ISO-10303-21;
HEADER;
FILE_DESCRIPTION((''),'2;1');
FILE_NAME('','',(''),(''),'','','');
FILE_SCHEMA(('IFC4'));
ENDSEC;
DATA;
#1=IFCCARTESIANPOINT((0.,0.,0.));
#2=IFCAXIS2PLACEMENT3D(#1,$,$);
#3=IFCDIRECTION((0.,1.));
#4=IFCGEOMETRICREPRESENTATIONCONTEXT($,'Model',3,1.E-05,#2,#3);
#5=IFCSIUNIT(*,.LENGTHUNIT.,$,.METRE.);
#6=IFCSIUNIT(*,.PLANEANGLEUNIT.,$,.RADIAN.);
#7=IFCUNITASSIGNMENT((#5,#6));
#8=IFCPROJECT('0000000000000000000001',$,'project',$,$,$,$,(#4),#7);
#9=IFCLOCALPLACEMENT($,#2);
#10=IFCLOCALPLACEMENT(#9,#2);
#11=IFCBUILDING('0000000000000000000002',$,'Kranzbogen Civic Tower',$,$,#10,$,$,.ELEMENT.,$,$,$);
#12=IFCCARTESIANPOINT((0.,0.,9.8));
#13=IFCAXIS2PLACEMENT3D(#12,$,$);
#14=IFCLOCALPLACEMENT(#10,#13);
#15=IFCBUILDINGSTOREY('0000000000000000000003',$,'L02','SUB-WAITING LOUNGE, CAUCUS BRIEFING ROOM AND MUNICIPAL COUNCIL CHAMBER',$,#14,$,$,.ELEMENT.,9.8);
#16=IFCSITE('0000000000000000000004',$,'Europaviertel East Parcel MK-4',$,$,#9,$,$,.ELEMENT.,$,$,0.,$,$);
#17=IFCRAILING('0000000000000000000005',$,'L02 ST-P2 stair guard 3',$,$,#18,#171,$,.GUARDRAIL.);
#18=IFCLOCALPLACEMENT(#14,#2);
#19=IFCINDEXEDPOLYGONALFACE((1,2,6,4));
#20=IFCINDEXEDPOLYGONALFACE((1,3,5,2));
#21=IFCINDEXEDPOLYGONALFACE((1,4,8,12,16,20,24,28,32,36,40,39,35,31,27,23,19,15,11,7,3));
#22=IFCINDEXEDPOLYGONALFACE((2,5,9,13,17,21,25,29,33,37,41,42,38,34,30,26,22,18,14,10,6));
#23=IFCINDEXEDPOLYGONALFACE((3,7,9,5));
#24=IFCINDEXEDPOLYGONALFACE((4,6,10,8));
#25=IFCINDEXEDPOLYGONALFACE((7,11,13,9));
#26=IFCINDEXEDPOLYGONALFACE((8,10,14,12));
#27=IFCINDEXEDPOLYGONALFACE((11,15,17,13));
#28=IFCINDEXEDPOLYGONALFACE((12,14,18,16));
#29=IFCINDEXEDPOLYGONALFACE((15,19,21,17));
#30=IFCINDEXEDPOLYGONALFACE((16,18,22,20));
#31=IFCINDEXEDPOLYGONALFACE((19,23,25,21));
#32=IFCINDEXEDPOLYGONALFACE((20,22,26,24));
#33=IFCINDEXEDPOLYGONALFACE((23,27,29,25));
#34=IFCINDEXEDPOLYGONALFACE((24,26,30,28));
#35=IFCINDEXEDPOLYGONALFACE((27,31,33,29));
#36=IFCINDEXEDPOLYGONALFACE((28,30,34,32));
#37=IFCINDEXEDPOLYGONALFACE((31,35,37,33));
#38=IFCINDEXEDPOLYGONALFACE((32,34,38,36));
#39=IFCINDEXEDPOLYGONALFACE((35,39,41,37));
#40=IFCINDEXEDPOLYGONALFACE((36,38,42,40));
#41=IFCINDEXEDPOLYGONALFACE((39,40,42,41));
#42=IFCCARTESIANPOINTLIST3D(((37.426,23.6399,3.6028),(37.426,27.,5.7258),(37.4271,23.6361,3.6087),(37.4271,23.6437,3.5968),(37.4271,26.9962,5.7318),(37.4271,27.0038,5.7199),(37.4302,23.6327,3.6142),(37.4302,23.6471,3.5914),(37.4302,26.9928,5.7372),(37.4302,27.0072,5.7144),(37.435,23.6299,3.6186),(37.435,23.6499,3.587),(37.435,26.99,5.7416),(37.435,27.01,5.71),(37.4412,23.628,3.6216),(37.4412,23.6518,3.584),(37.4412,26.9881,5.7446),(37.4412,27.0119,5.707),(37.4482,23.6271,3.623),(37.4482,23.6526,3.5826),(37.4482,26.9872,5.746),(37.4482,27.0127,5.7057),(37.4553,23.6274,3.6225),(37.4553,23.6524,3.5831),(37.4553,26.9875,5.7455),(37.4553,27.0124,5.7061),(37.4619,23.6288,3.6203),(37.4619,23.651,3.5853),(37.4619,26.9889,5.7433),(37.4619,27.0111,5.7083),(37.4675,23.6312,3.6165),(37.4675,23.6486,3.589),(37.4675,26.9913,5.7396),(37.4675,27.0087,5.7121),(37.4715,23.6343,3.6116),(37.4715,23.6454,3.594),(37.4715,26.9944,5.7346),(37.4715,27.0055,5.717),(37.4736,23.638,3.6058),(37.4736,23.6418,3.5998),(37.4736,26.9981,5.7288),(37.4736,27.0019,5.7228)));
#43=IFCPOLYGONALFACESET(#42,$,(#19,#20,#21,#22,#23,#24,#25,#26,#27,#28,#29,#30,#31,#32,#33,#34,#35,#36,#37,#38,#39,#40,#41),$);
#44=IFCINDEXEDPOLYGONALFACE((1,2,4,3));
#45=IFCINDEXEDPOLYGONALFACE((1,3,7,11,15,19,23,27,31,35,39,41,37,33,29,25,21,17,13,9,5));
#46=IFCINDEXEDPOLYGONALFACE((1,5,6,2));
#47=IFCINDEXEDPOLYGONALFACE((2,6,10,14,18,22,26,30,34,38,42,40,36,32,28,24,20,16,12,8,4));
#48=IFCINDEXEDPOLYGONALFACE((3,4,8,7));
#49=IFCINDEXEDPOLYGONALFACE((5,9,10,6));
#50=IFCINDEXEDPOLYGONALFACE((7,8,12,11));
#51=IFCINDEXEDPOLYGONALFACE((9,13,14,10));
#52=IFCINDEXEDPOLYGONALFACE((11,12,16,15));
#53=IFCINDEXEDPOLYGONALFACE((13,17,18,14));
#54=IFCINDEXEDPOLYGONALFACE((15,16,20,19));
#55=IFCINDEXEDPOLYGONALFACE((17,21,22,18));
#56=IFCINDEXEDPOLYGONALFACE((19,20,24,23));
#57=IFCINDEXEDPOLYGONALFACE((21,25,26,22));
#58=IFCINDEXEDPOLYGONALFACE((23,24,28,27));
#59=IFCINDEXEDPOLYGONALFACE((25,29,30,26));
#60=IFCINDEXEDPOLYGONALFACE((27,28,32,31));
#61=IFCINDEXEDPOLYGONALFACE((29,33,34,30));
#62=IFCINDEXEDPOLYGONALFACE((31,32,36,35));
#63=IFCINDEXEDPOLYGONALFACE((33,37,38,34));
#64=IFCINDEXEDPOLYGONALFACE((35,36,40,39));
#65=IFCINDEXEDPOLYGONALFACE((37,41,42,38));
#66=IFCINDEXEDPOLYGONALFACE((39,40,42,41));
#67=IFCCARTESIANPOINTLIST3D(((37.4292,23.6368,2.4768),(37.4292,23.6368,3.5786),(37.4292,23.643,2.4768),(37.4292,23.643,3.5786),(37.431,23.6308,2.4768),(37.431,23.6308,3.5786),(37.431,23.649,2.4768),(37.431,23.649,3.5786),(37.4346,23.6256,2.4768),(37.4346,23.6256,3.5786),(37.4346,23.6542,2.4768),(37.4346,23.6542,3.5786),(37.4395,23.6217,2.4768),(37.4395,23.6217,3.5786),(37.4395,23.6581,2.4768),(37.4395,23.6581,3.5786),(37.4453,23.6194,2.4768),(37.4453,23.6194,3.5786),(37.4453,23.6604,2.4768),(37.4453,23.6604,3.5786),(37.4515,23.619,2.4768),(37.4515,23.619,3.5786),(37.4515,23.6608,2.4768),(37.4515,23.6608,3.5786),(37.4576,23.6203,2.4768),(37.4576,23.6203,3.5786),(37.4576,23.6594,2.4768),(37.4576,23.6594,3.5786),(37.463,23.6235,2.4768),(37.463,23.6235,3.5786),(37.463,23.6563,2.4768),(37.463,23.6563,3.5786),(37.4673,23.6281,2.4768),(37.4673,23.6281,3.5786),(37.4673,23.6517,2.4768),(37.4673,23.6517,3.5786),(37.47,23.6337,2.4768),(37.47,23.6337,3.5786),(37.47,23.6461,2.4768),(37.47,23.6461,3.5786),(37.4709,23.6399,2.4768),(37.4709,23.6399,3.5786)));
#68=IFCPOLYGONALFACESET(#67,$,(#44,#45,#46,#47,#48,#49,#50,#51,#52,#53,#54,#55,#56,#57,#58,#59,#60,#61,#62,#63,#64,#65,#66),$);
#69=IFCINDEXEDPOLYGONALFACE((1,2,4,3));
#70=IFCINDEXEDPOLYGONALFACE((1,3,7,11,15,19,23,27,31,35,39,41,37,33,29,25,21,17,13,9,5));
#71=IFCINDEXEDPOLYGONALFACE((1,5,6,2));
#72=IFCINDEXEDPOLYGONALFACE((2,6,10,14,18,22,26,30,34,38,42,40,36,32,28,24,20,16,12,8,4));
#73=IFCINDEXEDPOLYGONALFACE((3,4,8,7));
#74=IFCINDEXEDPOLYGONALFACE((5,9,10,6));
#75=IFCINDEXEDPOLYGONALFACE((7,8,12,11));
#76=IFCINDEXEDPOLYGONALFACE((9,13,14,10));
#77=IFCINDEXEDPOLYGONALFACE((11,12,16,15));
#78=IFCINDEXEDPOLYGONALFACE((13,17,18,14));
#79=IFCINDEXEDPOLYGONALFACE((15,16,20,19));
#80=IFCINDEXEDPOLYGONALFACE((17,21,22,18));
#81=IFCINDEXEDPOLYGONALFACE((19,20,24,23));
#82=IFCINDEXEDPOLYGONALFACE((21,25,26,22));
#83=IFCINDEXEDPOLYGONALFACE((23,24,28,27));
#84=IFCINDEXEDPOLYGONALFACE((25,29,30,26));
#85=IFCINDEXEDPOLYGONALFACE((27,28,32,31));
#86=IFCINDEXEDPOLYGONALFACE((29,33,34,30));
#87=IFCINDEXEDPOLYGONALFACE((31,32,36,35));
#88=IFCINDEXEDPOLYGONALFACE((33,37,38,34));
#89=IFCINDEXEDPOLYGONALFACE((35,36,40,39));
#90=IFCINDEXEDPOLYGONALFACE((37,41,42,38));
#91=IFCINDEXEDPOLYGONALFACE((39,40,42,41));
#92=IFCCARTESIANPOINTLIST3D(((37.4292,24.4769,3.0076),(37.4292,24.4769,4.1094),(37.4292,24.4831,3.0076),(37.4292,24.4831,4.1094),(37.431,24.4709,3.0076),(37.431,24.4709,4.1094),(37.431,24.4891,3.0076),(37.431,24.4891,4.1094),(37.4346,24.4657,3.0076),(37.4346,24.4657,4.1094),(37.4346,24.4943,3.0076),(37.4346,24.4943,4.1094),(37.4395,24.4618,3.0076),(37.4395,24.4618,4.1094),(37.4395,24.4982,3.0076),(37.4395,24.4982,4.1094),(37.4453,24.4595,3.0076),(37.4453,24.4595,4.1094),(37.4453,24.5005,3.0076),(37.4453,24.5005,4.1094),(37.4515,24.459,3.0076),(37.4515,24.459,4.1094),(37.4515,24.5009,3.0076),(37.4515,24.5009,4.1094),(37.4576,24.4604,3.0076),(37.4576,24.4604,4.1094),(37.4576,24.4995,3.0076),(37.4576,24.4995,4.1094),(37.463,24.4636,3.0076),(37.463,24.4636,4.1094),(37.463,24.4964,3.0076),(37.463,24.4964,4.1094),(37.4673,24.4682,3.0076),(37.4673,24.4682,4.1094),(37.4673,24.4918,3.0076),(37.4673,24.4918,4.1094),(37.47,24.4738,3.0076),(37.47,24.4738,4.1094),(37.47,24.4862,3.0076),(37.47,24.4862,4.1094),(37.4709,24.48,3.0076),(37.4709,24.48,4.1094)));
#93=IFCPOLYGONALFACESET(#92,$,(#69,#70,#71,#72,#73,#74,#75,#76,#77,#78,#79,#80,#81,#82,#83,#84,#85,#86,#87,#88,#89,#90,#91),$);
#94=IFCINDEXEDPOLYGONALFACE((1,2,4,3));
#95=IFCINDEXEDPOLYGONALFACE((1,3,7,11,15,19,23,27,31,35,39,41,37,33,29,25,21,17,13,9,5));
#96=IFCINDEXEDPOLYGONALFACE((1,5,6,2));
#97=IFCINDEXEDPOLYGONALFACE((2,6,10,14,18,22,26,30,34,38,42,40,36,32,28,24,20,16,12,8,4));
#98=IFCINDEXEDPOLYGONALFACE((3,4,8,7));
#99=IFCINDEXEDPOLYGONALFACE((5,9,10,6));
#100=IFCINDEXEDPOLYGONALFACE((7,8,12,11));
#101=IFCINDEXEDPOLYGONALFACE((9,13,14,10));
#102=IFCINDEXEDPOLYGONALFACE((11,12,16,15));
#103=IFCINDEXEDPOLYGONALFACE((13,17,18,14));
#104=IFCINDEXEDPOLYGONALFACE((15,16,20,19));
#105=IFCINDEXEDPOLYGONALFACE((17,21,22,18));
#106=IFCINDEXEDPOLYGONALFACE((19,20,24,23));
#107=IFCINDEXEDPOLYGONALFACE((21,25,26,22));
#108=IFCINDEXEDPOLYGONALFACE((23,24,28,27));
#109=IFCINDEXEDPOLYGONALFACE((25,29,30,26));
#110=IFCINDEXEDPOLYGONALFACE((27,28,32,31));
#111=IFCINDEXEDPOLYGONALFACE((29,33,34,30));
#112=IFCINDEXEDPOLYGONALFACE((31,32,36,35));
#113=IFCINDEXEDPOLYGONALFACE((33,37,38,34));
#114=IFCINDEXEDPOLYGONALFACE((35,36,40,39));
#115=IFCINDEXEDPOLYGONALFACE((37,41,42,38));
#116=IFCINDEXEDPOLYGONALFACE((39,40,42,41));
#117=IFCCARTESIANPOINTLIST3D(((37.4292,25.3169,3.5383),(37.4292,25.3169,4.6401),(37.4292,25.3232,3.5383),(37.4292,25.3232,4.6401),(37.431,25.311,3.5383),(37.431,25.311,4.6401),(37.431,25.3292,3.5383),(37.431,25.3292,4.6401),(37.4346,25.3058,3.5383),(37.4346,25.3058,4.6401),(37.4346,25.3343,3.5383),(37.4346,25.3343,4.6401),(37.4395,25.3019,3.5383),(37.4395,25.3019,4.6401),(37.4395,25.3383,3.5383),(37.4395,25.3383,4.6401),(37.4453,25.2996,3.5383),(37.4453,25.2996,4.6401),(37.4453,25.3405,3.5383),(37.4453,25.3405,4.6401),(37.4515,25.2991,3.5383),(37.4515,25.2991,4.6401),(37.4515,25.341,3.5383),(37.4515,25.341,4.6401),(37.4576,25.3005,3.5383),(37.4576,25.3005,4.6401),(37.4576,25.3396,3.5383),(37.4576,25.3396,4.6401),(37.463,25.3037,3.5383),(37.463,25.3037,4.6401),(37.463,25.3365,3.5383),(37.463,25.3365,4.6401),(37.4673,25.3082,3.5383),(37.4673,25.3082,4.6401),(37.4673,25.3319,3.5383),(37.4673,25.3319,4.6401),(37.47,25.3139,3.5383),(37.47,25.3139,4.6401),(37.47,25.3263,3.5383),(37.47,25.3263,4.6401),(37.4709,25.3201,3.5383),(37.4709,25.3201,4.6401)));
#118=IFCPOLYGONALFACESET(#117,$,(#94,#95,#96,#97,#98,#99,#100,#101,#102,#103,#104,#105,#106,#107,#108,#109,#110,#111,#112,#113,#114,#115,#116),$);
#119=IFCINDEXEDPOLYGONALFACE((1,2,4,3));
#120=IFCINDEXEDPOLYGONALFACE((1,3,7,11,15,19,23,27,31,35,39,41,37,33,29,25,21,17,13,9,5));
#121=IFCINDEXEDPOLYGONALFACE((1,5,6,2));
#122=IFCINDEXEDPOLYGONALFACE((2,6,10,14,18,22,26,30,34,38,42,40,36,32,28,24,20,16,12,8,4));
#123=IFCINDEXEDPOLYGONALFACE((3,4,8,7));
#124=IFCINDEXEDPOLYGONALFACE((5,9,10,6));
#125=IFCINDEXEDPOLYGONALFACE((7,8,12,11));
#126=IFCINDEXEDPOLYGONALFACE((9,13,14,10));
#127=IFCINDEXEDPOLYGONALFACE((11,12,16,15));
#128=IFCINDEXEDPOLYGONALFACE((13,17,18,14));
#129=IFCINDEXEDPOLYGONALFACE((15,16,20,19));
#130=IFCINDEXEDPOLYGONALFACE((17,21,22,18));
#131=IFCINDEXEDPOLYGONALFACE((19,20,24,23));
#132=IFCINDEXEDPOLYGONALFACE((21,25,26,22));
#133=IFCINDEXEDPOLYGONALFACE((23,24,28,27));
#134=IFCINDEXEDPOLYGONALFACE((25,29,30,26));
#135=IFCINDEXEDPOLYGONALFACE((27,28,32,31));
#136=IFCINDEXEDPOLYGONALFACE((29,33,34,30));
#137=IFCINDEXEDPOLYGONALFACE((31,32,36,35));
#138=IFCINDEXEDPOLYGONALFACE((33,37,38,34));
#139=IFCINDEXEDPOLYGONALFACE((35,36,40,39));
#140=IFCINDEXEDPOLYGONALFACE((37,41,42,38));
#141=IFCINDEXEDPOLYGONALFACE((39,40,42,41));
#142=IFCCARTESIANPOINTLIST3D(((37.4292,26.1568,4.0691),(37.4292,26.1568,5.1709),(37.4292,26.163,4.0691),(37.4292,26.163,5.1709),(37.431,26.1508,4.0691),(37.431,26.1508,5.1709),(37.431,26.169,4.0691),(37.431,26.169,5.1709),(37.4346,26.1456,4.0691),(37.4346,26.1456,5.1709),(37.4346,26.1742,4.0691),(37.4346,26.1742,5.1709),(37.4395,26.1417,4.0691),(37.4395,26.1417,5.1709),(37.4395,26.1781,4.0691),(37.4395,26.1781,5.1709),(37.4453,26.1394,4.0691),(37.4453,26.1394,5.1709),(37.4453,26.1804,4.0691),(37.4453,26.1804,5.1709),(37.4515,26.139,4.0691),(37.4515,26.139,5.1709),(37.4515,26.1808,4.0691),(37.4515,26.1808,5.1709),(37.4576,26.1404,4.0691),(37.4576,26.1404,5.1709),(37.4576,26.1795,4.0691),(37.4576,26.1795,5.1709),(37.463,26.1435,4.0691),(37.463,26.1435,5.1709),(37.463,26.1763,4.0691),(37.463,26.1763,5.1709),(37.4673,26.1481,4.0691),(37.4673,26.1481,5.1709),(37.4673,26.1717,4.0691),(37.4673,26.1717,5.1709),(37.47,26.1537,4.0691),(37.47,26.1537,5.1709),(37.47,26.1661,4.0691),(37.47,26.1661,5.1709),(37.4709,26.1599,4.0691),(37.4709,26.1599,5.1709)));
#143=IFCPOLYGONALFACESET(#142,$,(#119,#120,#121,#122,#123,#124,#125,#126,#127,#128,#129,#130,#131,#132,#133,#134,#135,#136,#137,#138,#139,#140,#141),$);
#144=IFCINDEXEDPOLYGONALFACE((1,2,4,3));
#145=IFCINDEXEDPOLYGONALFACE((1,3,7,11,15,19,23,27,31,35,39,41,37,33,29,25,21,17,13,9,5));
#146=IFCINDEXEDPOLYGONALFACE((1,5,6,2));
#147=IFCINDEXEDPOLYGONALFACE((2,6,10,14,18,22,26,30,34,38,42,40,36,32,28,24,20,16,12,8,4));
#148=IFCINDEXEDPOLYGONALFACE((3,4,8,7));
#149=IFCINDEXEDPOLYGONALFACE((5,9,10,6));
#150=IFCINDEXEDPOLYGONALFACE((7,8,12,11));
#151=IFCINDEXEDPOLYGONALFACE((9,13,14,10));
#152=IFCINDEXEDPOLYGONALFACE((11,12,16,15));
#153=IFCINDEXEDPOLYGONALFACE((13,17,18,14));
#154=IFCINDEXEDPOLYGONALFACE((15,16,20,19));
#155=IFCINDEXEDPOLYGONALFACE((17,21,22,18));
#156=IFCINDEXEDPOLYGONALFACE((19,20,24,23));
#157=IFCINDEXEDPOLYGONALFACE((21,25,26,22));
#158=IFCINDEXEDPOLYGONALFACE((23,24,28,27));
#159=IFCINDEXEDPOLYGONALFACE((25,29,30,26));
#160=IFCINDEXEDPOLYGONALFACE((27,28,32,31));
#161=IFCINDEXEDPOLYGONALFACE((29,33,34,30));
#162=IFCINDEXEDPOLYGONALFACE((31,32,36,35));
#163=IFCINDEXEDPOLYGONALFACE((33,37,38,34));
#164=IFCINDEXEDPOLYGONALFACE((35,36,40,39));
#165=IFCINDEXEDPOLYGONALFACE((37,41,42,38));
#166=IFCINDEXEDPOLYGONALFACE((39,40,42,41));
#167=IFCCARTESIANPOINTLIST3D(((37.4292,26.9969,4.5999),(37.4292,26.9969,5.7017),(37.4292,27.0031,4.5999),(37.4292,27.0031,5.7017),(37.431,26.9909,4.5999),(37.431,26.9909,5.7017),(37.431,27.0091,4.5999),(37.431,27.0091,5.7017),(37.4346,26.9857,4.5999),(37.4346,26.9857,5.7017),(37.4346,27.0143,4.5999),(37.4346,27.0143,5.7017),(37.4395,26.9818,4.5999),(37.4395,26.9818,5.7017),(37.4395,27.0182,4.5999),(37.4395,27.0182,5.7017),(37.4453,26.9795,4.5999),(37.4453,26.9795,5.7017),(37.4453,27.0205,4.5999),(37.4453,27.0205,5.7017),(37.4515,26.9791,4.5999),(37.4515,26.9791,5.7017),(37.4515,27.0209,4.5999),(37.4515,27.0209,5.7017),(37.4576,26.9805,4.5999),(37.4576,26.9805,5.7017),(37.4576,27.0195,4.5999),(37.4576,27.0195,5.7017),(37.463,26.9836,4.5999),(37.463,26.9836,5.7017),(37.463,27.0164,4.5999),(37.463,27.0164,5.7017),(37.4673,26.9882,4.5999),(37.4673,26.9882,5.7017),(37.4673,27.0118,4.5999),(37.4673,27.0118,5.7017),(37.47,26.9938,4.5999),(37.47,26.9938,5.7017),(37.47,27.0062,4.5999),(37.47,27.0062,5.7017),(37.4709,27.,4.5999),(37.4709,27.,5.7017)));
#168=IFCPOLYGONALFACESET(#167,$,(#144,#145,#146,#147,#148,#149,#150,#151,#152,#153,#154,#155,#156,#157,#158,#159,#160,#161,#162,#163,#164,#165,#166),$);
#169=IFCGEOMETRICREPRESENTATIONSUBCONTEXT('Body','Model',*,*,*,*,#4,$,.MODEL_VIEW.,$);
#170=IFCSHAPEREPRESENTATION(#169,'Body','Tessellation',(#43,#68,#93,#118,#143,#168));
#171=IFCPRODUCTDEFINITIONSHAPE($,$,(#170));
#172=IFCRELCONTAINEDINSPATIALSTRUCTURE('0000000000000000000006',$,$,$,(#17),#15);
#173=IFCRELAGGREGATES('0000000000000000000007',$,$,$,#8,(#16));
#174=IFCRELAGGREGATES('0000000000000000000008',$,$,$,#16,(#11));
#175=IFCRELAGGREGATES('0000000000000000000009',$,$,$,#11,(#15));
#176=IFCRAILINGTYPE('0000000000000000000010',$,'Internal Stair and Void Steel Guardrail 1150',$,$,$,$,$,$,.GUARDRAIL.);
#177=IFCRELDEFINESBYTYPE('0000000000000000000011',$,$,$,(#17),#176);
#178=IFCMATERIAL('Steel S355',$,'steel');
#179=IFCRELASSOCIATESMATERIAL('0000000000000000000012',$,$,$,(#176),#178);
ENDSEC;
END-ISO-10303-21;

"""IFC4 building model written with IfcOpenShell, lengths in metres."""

from ifc_helpers import new_model, si_unit, direction, frame, origin, origin_2d, place, context, subcontext, project, spatial, circle, extrude, material, type_object, element, save


model = new_model("IFC4")

# Units and contexts
model_context = context("Model", 3, precision=1e-05, world=origin(), true_north=direction((0.0, 1.0)))
body_context = subcontext(model_context, "Body", "Model", "MODEL_VIEW")
ifc_project = project(units=[si_unit("LENGTHUNIT", "METRE"), si_unit("PLANEANGLEUNIT", "RADIAN")], contexts=[model_context])

# Site, building, storey
site_placement = place(None, origin())
site = spatial("IfcSite", under=ifc_project, at=site_placement, Name="Europaviertel East Parcel MK-4", CompositionType="ELEMENT", RefElevation=0.0)
building_placement = place(site_placement, origin())
building = spatial("IfcBuilding", under=site, at=building_placement, Name="Kranzbogen Civic Tower", CompositionType="ELEMENT")
storey_placement = place(building_placement, frame((0.0, 0.0, 9.8)))
storey = spatial("IfcBuildingStorey", under=building, at=storey_placement, Name="L02", Description="SUB-WAITING LOUNGE, CAUCUS BRIEFING ROOM AND MUNICIPAL COUNCIL CHAMBER", CompositionType="ELEMENT", Elevation=9.8)

# Shared definitions
ifc_material_1 = material(Name="Steel S355", Category="steel")

# Railing
railing_type_1 = type_object("IfcRailingType", Name="Internal Stair and Void Steel Guardrail 1150", PredefinedType="GUARDRAIL", material=ifc_material_1)
railing_1_placement = place(storey_placement, frame((37.45, 23.6399, 2.4768)))
element("IfcRailing", 1, at=railing_1_placement, inside=storey, type_object=railing_type_1, Name="L02 ST-P2 stair guard 3", PredefinedType="GUARDRAIL", context=body_context, shape_type="SweptSolid", body=[
    extrude(circle(Radius=0.0239, at=origin_2d()), frame((0.0, 0.0, 1.126), z_axis=(0.0, 0.84539, 0.53415), x_axis=(-1.0, 0.0, 0.0)), (0.0, 0.0, 1.0), 3.9746),
    extrude(circle(Radius=0.021, at=origin_2d()), origin(), (0.0, 0.0, 1.0), 1.1018),
    extrude(circle(Radius=0.021, at=origin_2d()), frame((0.0, 0.8401, 0.5308)), (0.0, 0.0, 1.0), 1.1018),
    extrude(circle(Radius=0.021, at=origin_2d()), frame((0.0, 1.6802, 1.0615)), (0.0, 0.0, 1.0), 1.1018),
    extrude(circle(Radius=0.021, at=origin_2d()), frame((0.0, 2.52, 1.5923)), (0.0, 0.0, 1.0), 1.1018),
    extrude(circle(Radius=0.021, at=origin_2d()), frame((0.0, 3.3601, 2.123)), (0.0, 0.0, 1.0), 1.1018),
])

save(model, "model.ifc")
